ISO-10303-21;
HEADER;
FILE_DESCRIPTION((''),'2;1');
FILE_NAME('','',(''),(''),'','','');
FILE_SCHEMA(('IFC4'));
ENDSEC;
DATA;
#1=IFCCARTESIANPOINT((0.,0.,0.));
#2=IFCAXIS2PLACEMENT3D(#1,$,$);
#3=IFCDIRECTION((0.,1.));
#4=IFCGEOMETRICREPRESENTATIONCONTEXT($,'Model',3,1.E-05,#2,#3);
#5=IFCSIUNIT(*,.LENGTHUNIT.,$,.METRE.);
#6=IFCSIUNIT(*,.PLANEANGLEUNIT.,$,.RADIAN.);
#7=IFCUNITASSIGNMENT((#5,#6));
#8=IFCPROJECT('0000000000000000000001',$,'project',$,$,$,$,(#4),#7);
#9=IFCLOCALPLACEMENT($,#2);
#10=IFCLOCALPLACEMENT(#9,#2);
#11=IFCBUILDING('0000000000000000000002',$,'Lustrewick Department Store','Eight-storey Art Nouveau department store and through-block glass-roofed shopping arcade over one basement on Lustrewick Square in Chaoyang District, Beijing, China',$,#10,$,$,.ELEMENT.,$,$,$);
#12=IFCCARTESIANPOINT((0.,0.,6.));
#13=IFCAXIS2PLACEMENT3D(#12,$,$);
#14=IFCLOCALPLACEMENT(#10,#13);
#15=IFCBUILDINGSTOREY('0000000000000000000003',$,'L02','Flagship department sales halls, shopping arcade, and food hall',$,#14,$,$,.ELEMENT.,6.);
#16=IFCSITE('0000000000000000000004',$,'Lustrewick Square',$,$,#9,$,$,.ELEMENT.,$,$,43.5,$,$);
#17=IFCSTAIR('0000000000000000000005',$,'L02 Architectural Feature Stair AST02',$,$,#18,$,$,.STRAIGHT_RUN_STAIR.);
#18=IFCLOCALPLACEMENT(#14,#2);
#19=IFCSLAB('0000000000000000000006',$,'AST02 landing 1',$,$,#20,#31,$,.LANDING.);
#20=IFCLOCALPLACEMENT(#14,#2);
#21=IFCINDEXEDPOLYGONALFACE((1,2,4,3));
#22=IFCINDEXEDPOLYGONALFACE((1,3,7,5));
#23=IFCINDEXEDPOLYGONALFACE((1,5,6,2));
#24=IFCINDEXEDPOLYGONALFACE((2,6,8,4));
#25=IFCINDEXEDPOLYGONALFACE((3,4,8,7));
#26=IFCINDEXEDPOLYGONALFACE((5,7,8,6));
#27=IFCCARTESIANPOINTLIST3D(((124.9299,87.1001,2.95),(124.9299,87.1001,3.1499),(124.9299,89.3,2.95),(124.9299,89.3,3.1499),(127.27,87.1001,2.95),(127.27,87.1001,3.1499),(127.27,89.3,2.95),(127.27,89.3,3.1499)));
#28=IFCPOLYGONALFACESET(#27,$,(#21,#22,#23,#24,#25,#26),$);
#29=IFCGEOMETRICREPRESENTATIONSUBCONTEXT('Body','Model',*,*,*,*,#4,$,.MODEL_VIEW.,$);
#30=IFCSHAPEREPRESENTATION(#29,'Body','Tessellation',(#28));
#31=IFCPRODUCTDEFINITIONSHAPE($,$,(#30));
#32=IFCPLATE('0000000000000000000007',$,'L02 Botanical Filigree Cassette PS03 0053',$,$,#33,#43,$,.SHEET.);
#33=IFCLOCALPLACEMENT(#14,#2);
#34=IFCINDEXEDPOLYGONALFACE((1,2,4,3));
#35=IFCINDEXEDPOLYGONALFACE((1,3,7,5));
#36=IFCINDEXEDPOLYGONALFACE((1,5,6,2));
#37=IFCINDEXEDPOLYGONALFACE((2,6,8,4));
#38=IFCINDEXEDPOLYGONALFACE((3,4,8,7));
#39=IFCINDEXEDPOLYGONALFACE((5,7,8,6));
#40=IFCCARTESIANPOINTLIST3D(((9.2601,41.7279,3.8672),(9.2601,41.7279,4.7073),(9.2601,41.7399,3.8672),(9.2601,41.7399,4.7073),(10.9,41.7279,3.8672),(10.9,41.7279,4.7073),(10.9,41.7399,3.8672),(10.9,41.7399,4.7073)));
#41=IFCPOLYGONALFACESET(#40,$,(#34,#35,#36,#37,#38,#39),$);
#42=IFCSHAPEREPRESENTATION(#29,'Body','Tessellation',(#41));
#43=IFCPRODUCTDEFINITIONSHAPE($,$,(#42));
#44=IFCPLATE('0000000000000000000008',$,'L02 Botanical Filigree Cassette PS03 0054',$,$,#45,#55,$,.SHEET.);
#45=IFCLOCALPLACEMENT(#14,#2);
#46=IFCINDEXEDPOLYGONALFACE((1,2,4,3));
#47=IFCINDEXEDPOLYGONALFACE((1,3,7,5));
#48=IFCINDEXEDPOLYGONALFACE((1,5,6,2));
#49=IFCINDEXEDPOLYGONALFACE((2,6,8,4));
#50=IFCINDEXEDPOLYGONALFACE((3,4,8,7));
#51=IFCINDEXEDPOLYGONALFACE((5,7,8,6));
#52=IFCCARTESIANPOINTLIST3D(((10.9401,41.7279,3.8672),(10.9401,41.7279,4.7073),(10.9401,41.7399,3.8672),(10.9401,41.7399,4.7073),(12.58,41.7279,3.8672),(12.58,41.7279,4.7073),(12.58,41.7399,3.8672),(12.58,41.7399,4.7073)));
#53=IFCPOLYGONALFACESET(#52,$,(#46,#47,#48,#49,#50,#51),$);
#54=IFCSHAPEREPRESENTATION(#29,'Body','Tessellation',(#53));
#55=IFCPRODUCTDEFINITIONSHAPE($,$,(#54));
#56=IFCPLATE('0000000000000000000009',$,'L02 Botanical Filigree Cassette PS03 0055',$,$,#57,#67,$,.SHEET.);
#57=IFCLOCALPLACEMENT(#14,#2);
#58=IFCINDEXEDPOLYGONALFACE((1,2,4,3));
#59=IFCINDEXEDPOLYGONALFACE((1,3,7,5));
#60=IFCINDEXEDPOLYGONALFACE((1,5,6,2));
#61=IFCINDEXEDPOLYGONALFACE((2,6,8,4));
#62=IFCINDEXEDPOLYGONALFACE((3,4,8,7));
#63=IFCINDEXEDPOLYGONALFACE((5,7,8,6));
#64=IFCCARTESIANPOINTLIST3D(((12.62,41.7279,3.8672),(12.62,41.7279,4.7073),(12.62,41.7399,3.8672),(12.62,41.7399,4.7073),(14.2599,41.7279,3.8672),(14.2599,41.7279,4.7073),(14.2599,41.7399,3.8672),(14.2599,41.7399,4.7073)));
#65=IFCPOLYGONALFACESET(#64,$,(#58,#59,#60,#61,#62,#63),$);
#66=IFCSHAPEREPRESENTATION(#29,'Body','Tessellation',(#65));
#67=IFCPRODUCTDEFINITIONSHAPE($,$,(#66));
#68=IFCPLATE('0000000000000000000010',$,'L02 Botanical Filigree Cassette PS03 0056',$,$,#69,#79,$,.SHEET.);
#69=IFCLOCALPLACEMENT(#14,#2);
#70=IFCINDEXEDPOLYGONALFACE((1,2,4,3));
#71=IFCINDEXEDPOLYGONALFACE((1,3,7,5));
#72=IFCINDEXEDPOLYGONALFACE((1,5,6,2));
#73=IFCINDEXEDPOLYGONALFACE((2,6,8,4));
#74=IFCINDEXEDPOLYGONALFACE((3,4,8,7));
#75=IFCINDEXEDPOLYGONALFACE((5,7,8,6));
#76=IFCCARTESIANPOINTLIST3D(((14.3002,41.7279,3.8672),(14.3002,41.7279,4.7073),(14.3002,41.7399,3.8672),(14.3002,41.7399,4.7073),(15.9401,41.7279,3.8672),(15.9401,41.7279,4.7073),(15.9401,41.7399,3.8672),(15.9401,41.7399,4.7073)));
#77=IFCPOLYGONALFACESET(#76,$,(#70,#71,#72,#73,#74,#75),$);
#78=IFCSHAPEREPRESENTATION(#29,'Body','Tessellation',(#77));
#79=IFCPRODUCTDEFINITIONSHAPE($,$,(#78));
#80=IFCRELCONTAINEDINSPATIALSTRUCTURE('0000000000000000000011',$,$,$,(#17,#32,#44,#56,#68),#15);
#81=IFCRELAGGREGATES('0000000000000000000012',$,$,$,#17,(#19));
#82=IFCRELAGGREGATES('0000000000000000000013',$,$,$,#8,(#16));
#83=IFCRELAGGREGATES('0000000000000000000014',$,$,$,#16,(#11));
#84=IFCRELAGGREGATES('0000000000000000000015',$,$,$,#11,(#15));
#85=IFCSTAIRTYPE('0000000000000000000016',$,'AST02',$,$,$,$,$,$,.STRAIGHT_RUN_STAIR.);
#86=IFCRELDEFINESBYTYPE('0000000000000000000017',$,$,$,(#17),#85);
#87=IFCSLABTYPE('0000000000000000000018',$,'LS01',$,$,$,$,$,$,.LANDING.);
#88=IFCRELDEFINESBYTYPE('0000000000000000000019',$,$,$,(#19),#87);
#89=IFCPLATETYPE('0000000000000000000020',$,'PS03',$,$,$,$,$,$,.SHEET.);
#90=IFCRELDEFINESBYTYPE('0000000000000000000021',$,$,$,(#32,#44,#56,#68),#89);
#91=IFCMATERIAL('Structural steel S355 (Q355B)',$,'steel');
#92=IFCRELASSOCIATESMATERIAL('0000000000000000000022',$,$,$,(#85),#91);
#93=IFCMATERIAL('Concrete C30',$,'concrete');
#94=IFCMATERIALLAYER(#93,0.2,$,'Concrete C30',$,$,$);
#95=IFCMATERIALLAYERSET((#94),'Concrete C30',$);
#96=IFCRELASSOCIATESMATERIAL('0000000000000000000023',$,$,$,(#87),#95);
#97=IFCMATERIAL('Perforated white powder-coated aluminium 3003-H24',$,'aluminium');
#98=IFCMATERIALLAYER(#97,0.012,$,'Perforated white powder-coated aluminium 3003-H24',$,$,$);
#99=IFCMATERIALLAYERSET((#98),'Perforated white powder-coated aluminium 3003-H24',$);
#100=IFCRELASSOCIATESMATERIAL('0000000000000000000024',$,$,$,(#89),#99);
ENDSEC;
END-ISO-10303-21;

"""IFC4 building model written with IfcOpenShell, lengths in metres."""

from ifc_helpers import new_model, si_unit, direction, frame, origin, origin_2d, place, context, subcontext, project, spatial, polyline, rectangle, outline, extrude, material, layer, layer_set, type_object, element, aggregate, save


model = new_model("IFC4")

# Units and contexts
model_context = context("Model", 3, precision=1e-05, world=origin(), true_north=direction((0.0, 1.0)))
body_context = subcontext(model_context, "Body", "Model", "MODEL_VIEW")
ifc_project = project(units=[si_unit("LENGTHUNIT", "METRE"), si_unit("PLANEANGLEUNIT", "RADIAN")], contexts=[model_context])

# Site, building, storey
site_placement = place(None, origin())
site = spatial("IfcSite", under=ifc_project, at=site_placement, Name="Lustrewick Square", CompositionType="ELEMENT", RefElevation=43.5)
building_placement = place(site_placement, origin())
building = spatial("IfcBuilding", under=site, at=building_placement, Name="Lustrewick Department Store", Description="Eight-storey Art Nouveau department store and through-block glass-roofed shopping arcade over one basement on Lustrewick Square in Chaoyang District, Beijing, China", CompositionType="ELEMENT")
storey_placement = place(building_placement, frame((0.0, 0.0, 6.0)))
storey = spatial("IfcBuildingStorey", under=building, at=storey_placement, Name="L02", Description="Flagship department sales halls, shopping arcade, and food hall", CompositionType="ELEMENT", Elevation=6.0)

# Stair, slab
ifc_material_1 = material(Name="Structural steel S355 (Q355B)", Category="steel")
stair_type = type_object("IfcStairType", Name="AST02", PredefinedType="STRAIGHT_RUN_STAIR", material=ifc_material_1)
stair_placement = place(storey_placement, origin())
stair = element("IfcStair", 1, at=stair_placement, inside=storey, type_object=stair_type, Name="L02 Architectural Feature Stair AST02", PredefinedType="STRAIGHT_RUN_STAIR")
ifc_material_2 = material(Name="Concrete C30", Category="concrete")
ifc_layer_1 = layer(ifc_material_2, 0.2, Name="Concrete C30")
ifc_layer_set_1 = layer_set([ifc_layer_1], Name="Concrete C30")
slab_type = type_object("IfcSlabType", Name="LS01", PredefinedType="LANDING", material=ifc_layer_set_1)
slab_placement = place(storey_placement, frame((0.0, 0.0, 2.95)))
slab = element("IfcSlab", 2, at=slab_placement, type_object=slab_type, Name="AST02 landing 1", PredefinedType="LANDING", context=body_context, shape_type="SweptSolid", body=[
    extrude(outline(polyline([(127.27, 87.1001), (127.27, 89.3), (124.9299, 89.3), (124.9299, 87.1001), (127.27, 87.1001)])), origin(), (0.0, 0.0, 1.0), 0.2),
])
aggregate(stair, [slab])

# Plates
ifc_material_3 = material(Name="Perforated white powder-coated aluminium 3003-H24", Category="aluminium")
ifc_layer_2 = layer(ifc_material_3, 0.012, Name="Perforated white powder-coated aluminium 3003-H24")
ifc_layer_set_2 = layer_set([ifc_layer_2], Name="Perforated white powder-coated aluminium 3003-H24")
plate_type = type_object("IfcPlateType", Name="PS03", PredefinedType="SHEET", material=ifc_layer_set_2)
for number, where, z_axis, x_axis, name in (
    (3, (10.0801, 41.7339, 3.8672), (0.0, 0.0, 1.0), (1.0, 0.0, 0.0), "L02 Botanical Filigree Cassette PS03 0053"),
    (4, (11.76, 41.7339, 3.8672), (0.0, 0.0, 1.0), (1.0, 0.0, 0.0), "L02 Botanical Filigree Cassette PS03 0054"),
    (5, (13.4399, 41.7339, 3.8672), (0.0, 0.0, 1.0), (1.0, 0.0, 0.0), "L02 Botanical Filigree Cassette PS03 0055"),
    (6, (15.1201, 41.7339, 3.8672), (0.0, 0.0, 1.0), (1.0, 0.0, 0.0), "L02 Botanical Filigree Cassette PS03 0056"),
):
    element("IfcPlate", number, at=place(storey_placement, frame(where, z_axis=z_axis, x_axis=x_axis)), inside=storey, type_object=plate_type, Name=name, PredefinedType="SHEET", context=body_context, shape_type="SweptSolid", body=[
        extrude(rectangle(XDim=1.6399, YDim=0.012, at=origin_2d()), origin(), (0.0, 0.0, 1.0), 0.8401),
    ])

save(model, "model.ifc")
